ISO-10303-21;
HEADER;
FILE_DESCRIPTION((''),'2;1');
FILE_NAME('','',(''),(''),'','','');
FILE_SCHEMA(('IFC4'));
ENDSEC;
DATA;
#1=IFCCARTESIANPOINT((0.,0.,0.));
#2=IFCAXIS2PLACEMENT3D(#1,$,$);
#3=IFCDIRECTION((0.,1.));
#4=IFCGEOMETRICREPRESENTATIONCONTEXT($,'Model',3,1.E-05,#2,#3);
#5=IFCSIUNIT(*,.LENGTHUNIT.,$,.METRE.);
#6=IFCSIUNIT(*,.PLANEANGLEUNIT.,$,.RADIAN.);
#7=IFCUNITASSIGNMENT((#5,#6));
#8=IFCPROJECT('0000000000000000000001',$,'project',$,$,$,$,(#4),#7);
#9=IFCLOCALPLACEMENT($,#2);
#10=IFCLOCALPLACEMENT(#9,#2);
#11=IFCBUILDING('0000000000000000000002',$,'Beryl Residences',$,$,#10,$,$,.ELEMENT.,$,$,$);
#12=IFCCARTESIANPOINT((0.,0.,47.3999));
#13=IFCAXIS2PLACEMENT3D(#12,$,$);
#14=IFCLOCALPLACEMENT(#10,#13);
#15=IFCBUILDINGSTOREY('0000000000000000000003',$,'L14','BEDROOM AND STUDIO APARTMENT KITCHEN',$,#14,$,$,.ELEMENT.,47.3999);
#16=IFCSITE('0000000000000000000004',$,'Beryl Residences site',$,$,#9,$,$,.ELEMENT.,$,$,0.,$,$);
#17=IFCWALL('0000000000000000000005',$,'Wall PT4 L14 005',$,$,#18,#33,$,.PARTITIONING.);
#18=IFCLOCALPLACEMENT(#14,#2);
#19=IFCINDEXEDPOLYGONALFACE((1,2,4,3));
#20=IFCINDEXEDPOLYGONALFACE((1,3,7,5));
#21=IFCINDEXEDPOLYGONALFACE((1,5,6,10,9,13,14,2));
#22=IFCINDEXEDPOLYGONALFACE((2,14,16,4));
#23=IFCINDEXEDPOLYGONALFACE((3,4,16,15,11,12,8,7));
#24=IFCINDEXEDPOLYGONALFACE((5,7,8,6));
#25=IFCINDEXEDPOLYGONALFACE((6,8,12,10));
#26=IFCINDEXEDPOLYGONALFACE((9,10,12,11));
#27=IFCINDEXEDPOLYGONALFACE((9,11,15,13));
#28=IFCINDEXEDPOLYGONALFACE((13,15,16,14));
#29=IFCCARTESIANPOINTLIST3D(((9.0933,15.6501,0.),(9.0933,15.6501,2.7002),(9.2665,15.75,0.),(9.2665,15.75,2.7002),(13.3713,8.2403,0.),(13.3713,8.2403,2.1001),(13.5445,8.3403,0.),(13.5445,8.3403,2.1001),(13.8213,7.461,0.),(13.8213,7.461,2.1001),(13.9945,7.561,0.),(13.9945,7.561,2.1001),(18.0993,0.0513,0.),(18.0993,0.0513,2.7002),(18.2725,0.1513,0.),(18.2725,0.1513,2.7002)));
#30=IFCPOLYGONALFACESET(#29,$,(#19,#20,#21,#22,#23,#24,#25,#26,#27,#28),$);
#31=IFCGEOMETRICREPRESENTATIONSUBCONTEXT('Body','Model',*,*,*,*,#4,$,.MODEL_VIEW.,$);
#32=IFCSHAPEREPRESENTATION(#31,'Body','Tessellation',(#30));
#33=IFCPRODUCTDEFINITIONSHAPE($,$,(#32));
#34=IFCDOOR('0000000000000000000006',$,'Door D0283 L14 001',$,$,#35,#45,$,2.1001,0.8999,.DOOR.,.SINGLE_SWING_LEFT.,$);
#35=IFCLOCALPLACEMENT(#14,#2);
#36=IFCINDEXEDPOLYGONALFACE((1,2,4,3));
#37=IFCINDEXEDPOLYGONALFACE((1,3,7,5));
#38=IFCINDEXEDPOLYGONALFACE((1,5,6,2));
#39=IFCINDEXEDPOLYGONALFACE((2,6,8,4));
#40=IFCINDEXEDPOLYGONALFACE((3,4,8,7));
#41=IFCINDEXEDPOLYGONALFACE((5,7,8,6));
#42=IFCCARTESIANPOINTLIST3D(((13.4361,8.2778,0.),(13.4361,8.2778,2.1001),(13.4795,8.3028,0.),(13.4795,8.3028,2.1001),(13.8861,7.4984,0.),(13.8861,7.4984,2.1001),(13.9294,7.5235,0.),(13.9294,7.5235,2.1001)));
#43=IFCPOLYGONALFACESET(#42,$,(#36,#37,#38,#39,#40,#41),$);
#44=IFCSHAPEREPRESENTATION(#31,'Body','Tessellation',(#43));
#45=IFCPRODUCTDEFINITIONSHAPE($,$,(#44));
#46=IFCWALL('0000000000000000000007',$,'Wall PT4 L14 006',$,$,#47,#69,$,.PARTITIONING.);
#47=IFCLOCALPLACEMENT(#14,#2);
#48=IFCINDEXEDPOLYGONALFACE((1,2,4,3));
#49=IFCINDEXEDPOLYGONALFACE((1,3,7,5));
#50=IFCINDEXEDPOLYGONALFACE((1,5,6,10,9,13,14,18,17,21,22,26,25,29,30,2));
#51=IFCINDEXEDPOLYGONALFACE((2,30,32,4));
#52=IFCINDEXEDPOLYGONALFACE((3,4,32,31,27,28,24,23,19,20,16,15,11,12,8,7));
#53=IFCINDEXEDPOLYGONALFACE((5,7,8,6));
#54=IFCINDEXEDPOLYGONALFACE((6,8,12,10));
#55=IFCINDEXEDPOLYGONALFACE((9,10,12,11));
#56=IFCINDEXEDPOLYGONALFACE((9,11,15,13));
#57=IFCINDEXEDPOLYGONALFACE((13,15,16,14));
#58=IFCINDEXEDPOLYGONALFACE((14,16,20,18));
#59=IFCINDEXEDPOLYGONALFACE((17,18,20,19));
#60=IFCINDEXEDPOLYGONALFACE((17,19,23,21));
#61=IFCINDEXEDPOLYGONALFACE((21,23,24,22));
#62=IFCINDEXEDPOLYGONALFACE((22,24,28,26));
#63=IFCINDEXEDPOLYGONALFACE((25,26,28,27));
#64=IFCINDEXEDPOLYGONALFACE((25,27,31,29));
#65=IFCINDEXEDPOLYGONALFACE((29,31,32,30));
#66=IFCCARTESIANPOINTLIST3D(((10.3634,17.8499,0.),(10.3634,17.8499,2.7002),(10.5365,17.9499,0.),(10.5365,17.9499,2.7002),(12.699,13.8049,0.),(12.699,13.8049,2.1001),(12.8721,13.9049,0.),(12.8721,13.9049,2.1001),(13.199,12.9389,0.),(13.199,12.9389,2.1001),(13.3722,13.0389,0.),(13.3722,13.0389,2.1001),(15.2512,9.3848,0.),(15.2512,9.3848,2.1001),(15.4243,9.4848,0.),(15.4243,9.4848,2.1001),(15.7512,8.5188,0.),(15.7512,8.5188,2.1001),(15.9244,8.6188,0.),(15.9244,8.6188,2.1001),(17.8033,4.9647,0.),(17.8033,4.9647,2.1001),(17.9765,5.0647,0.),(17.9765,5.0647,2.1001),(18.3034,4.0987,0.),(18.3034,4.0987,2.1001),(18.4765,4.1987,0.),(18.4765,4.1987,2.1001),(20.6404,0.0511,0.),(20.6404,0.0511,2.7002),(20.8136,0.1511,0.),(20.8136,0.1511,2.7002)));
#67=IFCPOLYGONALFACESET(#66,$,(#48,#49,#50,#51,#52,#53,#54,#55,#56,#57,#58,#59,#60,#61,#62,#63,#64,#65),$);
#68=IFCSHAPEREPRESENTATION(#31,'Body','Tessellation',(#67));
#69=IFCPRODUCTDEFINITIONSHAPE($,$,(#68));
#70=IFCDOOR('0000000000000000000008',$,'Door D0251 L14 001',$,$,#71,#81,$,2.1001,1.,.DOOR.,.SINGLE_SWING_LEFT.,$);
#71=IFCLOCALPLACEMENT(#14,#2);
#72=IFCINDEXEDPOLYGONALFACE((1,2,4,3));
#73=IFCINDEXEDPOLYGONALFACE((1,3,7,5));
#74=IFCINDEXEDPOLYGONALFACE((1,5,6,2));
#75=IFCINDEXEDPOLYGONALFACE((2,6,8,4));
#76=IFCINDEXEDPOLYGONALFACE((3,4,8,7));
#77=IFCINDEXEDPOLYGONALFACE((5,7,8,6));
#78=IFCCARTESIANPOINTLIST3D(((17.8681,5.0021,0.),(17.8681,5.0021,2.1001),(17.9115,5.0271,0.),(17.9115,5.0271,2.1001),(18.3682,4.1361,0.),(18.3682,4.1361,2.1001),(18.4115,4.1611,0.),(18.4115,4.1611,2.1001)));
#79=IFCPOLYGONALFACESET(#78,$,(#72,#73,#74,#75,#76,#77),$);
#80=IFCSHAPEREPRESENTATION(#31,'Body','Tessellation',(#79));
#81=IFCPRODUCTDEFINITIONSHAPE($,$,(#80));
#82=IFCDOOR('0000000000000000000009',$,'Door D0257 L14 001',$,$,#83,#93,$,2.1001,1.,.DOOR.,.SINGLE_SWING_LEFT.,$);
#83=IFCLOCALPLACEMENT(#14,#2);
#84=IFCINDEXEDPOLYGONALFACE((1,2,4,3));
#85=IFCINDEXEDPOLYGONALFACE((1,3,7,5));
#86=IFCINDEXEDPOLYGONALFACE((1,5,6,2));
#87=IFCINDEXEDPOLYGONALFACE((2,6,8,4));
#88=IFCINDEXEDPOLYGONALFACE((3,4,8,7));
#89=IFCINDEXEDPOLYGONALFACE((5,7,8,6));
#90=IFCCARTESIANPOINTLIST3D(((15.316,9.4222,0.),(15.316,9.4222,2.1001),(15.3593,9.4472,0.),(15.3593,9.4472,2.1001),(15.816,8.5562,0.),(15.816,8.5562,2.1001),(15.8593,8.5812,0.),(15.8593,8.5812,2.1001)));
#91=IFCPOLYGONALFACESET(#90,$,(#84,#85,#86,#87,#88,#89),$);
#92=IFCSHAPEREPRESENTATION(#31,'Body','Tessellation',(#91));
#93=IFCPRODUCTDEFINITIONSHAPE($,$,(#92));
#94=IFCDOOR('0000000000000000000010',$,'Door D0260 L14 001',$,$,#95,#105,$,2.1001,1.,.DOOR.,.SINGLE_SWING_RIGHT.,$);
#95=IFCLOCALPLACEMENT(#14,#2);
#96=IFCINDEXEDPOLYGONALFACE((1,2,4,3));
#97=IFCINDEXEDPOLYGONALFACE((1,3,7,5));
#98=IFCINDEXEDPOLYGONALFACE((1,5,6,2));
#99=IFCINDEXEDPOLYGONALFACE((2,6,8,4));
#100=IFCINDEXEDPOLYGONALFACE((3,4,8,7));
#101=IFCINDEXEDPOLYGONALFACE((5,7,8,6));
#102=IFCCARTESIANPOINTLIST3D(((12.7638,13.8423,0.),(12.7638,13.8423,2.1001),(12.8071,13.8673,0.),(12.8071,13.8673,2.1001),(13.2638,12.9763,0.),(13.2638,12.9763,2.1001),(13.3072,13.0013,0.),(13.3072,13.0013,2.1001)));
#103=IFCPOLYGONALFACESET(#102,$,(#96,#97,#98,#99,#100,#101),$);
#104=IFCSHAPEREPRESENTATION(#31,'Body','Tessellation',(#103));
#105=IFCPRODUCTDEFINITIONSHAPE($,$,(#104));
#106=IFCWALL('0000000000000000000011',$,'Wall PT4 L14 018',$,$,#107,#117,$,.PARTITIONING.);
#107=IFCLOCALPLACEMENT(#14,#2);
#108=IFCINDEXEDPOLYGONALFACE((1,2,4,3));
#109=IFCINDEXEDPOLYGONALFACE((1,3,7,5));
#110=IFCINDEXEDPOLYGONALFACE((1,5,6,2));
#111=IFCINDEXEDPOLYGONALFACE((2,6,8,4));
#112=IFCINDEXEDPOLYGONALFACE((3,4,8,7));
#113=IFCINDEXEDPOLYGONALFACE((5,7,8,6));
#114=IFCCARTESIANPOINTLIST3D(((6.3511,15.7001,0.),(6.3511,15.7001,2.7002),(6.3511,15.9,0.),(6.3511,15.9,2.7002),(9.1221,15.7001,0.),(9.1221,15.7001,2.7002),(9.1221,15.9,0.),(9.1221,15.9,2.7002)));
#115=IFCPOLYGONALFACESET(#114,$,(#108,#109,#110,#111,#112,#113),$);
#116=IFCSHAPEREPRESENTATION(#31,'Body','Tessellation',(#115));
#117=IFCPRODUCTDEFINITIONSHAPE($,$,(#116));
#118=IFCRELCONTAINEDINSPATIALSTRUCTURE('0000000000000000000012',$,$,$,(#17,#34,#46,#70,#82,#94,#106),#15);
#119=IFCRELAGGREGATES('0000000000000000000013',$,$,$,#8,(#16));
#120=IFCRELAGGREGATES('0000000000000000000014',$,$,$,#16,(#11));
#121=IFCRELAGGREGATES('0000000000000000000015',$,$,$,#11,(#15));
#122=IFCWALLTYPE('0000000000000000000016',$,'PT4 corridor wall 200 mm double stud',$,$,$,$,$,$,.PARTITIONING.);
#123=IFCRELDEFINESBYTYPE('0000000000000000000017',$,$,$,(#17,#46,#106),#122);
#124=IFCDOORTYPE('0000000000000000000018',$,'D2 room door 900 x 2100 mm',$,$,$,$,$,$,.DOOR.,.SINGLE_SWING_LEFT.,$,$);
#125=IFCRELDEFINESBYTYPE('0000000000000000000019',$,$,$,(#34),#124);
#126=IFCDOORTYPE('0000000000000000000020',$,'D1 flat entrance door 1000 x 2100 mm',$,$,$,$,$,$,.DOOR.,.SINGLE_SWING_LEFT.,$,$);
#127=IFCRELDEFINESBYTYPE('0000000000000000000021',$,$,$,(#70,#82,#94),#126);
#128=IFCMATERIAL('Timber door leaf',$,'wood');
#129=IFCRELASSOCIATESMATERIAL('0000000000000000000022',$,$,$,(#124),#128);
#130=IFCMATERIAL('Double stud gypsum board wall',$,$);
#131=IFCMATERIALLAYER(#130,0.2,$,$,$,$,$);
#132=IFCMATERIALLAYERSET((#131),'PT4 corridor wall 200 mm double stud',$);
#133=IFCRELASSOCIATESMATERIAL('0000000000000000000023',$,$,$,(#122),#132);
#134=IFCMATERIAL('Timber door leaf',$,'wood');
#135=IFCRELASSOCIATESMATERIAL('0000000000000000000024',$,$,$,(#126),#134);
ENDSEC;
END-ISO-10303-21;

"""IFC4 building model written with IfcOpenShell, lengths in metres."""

from ifc_helpers import new_model, si_unit, direction, frame, frame_2d, origin, place, context, subcontext, project, spatial, rectangle, extrude, material, layer, layer_set, type_object, element, fill, save


model = new_model("IFC4")

# Units and contexts
model_context = context("Model", 3, precision=1e-05, world=origin(), true_north=direction((0.0, 1.0)))
body_context = subcontext(model_context, "Body", "Model", "MODEL_VIEW")
ifc_project = project(units=[si_unit("LENGTHUNIT", "METRE"), si_unit("PLANEANGLEUNIT", "RADIAN")], contexts=[model_context])

# Site, building, storey
site_placement = place(None, origin())
site = spatial("IfcSite", under=ifc_project, at=site_placement, Name="Beryl Residences site", CompositionType="ELEMENT", RefElevation=0.0)
building_placement = place(site_placement, origin())
building = spatial("IfcBuilding", under=site, at=building_placement, Name="Beryl Residences", CompositionType="ELEMENT")
storey_placement = place(building_placement, frame((0.0, 0.0, 47.3999)))
storey = spatial("IfcBuildingStorey", under=building, at=storey_placement, Name="L14", Description="BEDROOM AND STUDIO APARTMENT KITCHEN", CompositionType="ELEMENT", Elevation=47.3999)

# Shared definitions
ifc_material_1 = material(Name="Timber door leaf", Category="wood")
door_type_1 = type_object("IfcDoorType", Name="D2 room door 900 x 2100 mm", OperationType="SINGLE_SWING_LEFT", PredefinedType="DOOR", material=ifc_material_1)

# Shared definitions
ifc_material_2 = material(Name="Double stud gypsum board wall")
ifc_layer_1 = layer(ifc_material_2, 0.2)
ifc_layer_set_1 = layer_set([ifc_layer_1], Name="PT4 corridor wall 200 mm double stud")
wall_type_1 = type_object("IfcWallType", Name="PT4 corridor wall 200 mm double stud", PredefinedType="PARTITIONING", material=ifc_layer_set_1)

# Wall, opening, door
wall_1_placement = place(storey_placement, frame((9.1799, 15.7, 0.0), z_axis=(0.0, 0.0, 1.0), x_axis=(0.500004, -0.866023, 0.0)))
wall_1 = element("IfcWall", 1, at=wall_1_placement, inside=storey, type_object=wall_type_1, Name="Wall PT4 L14 005", PredefinedType="PARTITIONING", context=body_context, shape_type="SweptSolid", body=[
    extrude(rectangle(XDim=18.012, YDim=0.2, at=frame_2d((9.0059, 0.0))), origin(), (0.0, 0.0, 1.0), 2.7002),
])
opening_1_placement = place(wall_1_placement, frame((8.5559, 0.0, 0.0)))
opening_1 = element("IfcOpeningElement", 2, at=opening_1_placement, cuts=wall_1, PredefinedType="OPENING", context=body_context, shape_type="SweptSolid", body=[
    extrude(rectangle(XDim=0.8999, YDim=2.1001, at=frame_2d((0.45, 1.05))), frame((0.0, 0.1099, 0.0), z_axis=(0.0, -1.0, 0.0), x_axis=(1.0, 0.0, 0.0)), (0.0, 0.0, 1.0), 0.22),
])
door_1_placement = place(opening_1_placement, origin())
door_1 = element("IfcDoor", 3, at=door_1_placement, inside=storey, type_object=door_type_1, Name="Door D0283 L14 001", OperationType="SINGLE_SWING_LEFT", OverallHeight=2.1001, OverallWidth=0.8999, PredefinedType="DOOR", context=body_context, shape_type="SweptSolid", body=[
    extrude(rectangle(XDim=0.8999, YDim=2.1001, at=frame_2d((0.45, 1.05))), frame((0.0, 0.0249, 0.0), z_axis=(0.0, -1.0, 0.0), x_axis=(1.0, 0.0, 0.0)), (0.0, 0.0, 1.0), 0.05),
])
fill(opening_1, door_1)

# Wall, openings, doors
wall_2_placement = place(storey_placement, frame((10.45, 17.8999, 0.0), z_axis=(0.0, 0.0, 1.0), x_axis=(0.500034, -0.866006, 0.0)))
wall_2 = element("IfcWall", 4, at=wall_2_placement, inside=storey, type_object=wall_type_1, Name="Wall PT4 L14 006", PredefinedType="PARTITIONING", context=body_context, shape_type="SweptSolid", body=[
    extrude(rectangle(XDim=20.5527, YDim=0.2, at=frame_2d((10.2764, 0.0))), origin(), (0.0, 0.0, 1.0), 2.7002),
])
opening_2_placement = place(wall_2_placement, frame((14.8789, 0.0, 0.0)))
opening_2 = element("IfcOpeningElement", 5, at=opening_2_placement, cuts=wall_2, PredefinedType="OPENING", context=body_context, shape_type="SweptSolid", body=[
    extrude(rectangle(XDim=1.0, YDim=2.1001, at=frame_2d((0.5, 1.05))), frame((0.0, 0.1099, 0.0), z_axis=(0.0, -1.0, 0.0), x_axis=(1.0, 0.0, 0.0)), (0.0, 0.0, 1.0), 0.22),
])
opening_3_placement = place(wall_2_placement, frame((9.7749, 0.0, 0.0)))
opening_3 = element("IfcOpeningElement", 6, at=opening_3_placement, cuts=wall_2, PredefinedType="OPENING", context=body_context, shape_type="SweptSolid", body=[
    extrude(rectangle(XDim=1.0, YDim=2.1001, at=frame_2d((0.5, 1.05))), frame((0.0, 0.1099, 0.0), z_axis=(0.0, -1.0, 0.0), x_axis=(1.0, 0.0, 0.0)), (0.0, 0.0, 1.0), 0.22),
])
opening_4_placement = place(wall_2_placement, frame((4.6709, 0.0, 0.0)))
opening_4 = element("IfcOpeningElement", 7, at=opening_4_placement, cuts=wall_2, PredefinedType="OPENING", context=body_context, shape_type="SweptSolid", body=[
    extrude(rectangle(XDim=1.0, YDim=2.1001, at=frame_2d((0.5, 1.05))), frame((0.0, 0.1099, 0.0), z_axis=(0.0, -1.0, 0.0), x_axis=(1.0, 0.0, 0.0)), (0.0, 0.0, 1.0), 0.22),
])
ifc_material_3 = material(Name="Timber door leaf", Category="wood")
door_type_2 = type_object("IfcDoorType", Name="D1 flat entrance door 1000 x 2100 mm", OperationType="SINGLE_SWING_LEFT", PredefinedType="DOOR", material=ifc_material_3)
door_2_placement = place(opening_2_placement, origin())
door_2 = element("IfcDoor", 8, at=door_2_placement, inside=storey, type_object=door_type_2, Name="Door D0251 L14 001", OperationType="SINGLE_SWING_LEFT", OverallHeight=2.1001, OverallWidth=1.0, PredefinedType="DOOR", context=body_context, shape_type="SweptSolid", body=[
    extrude(rectangle(XDim=1.0, YDim=2.1001, at=frame_2d((0.5, 1.05))), frame((0.0, 0.0249, 0.0), z_axis=(0.0, -1.0, 0.0), x_axis=(1.0, 0.0, 0.0)), (0.0, 0.0, 1.0), 0.05),
])
fill(opening_2, door_2)
door_3_placement = place(opening_3_placement, origin())
door_3 = element("IfcDoor", 9, at=door_3_placement, inside=storey, type_object=door_type_2, Name="Door D0257 L14 001", OperationType="SINGLE_SWING_LEFT", OverallHeight=2.1001, OverallWidth=1.0, PredefinedType="DOOR", context=body_context, shape_type="SweptSolid", body=[
    extrude(rectangle(XDim=1.0, YDim=2.1001, at=frame_2d((0.5, 1.05))), frame((0.0, 0.0249, 0.0), z_axis=(0.0, -1.0, 0.0), x_axis=(1.0, 0.0, 0.0)), (0.0, 0.0, 1.0), 0.05),
])
fill(opening_3, door_3)
door_4_placement = place(opening_4_placement, origin())
door_4 = element("IfcDoor", 10, at=door_4_placement, inside=storey, type_object=door_type_2, Name="Door D0260 L14 001", OperationType="SINGLE_SWING_RIGHT", OverallHeight=2.1001, OverallWidth=1.0, PredefinedType="DOOR", context=body_context, shape_type="SweptSolid", body=[
    extrude(rectangle(XDim=1.0, YDim=2.1001, at=frame_2d((0.5, 1.05))), frame((0.0, 0.0249, 0.0), z_axis=(0.0, -1.0, 0.0), x_axis=(1.0, 0.0, 0.0)), (0.0, 0.0, 1.0), 0.05),
])
fill(opening_4, door_4)

# Wall
wall_3_placement = place(storey_placement, frame((6.3511, 15.8, 0.0), z_axis=(0.0, 0.0, 1.0), x_axis=(1.0, 0.0, 0.0)))
element("IfcWall", 11, at=wall_3_placement, inside=storey, type_object=wall_type_1, Name="Wall PT4 L14 018", PredefinedType="PARTITIONING", context=body_context, shape_type="SweptSolid", body=[
    extrude(rectangle(XDim=2.771, YDim=0.2, at=frame_2d((1.3855, 0.0))), origin(), (0.0, 0.0, 1.0), 2.7002),
])

save(model, "model.ifc")
